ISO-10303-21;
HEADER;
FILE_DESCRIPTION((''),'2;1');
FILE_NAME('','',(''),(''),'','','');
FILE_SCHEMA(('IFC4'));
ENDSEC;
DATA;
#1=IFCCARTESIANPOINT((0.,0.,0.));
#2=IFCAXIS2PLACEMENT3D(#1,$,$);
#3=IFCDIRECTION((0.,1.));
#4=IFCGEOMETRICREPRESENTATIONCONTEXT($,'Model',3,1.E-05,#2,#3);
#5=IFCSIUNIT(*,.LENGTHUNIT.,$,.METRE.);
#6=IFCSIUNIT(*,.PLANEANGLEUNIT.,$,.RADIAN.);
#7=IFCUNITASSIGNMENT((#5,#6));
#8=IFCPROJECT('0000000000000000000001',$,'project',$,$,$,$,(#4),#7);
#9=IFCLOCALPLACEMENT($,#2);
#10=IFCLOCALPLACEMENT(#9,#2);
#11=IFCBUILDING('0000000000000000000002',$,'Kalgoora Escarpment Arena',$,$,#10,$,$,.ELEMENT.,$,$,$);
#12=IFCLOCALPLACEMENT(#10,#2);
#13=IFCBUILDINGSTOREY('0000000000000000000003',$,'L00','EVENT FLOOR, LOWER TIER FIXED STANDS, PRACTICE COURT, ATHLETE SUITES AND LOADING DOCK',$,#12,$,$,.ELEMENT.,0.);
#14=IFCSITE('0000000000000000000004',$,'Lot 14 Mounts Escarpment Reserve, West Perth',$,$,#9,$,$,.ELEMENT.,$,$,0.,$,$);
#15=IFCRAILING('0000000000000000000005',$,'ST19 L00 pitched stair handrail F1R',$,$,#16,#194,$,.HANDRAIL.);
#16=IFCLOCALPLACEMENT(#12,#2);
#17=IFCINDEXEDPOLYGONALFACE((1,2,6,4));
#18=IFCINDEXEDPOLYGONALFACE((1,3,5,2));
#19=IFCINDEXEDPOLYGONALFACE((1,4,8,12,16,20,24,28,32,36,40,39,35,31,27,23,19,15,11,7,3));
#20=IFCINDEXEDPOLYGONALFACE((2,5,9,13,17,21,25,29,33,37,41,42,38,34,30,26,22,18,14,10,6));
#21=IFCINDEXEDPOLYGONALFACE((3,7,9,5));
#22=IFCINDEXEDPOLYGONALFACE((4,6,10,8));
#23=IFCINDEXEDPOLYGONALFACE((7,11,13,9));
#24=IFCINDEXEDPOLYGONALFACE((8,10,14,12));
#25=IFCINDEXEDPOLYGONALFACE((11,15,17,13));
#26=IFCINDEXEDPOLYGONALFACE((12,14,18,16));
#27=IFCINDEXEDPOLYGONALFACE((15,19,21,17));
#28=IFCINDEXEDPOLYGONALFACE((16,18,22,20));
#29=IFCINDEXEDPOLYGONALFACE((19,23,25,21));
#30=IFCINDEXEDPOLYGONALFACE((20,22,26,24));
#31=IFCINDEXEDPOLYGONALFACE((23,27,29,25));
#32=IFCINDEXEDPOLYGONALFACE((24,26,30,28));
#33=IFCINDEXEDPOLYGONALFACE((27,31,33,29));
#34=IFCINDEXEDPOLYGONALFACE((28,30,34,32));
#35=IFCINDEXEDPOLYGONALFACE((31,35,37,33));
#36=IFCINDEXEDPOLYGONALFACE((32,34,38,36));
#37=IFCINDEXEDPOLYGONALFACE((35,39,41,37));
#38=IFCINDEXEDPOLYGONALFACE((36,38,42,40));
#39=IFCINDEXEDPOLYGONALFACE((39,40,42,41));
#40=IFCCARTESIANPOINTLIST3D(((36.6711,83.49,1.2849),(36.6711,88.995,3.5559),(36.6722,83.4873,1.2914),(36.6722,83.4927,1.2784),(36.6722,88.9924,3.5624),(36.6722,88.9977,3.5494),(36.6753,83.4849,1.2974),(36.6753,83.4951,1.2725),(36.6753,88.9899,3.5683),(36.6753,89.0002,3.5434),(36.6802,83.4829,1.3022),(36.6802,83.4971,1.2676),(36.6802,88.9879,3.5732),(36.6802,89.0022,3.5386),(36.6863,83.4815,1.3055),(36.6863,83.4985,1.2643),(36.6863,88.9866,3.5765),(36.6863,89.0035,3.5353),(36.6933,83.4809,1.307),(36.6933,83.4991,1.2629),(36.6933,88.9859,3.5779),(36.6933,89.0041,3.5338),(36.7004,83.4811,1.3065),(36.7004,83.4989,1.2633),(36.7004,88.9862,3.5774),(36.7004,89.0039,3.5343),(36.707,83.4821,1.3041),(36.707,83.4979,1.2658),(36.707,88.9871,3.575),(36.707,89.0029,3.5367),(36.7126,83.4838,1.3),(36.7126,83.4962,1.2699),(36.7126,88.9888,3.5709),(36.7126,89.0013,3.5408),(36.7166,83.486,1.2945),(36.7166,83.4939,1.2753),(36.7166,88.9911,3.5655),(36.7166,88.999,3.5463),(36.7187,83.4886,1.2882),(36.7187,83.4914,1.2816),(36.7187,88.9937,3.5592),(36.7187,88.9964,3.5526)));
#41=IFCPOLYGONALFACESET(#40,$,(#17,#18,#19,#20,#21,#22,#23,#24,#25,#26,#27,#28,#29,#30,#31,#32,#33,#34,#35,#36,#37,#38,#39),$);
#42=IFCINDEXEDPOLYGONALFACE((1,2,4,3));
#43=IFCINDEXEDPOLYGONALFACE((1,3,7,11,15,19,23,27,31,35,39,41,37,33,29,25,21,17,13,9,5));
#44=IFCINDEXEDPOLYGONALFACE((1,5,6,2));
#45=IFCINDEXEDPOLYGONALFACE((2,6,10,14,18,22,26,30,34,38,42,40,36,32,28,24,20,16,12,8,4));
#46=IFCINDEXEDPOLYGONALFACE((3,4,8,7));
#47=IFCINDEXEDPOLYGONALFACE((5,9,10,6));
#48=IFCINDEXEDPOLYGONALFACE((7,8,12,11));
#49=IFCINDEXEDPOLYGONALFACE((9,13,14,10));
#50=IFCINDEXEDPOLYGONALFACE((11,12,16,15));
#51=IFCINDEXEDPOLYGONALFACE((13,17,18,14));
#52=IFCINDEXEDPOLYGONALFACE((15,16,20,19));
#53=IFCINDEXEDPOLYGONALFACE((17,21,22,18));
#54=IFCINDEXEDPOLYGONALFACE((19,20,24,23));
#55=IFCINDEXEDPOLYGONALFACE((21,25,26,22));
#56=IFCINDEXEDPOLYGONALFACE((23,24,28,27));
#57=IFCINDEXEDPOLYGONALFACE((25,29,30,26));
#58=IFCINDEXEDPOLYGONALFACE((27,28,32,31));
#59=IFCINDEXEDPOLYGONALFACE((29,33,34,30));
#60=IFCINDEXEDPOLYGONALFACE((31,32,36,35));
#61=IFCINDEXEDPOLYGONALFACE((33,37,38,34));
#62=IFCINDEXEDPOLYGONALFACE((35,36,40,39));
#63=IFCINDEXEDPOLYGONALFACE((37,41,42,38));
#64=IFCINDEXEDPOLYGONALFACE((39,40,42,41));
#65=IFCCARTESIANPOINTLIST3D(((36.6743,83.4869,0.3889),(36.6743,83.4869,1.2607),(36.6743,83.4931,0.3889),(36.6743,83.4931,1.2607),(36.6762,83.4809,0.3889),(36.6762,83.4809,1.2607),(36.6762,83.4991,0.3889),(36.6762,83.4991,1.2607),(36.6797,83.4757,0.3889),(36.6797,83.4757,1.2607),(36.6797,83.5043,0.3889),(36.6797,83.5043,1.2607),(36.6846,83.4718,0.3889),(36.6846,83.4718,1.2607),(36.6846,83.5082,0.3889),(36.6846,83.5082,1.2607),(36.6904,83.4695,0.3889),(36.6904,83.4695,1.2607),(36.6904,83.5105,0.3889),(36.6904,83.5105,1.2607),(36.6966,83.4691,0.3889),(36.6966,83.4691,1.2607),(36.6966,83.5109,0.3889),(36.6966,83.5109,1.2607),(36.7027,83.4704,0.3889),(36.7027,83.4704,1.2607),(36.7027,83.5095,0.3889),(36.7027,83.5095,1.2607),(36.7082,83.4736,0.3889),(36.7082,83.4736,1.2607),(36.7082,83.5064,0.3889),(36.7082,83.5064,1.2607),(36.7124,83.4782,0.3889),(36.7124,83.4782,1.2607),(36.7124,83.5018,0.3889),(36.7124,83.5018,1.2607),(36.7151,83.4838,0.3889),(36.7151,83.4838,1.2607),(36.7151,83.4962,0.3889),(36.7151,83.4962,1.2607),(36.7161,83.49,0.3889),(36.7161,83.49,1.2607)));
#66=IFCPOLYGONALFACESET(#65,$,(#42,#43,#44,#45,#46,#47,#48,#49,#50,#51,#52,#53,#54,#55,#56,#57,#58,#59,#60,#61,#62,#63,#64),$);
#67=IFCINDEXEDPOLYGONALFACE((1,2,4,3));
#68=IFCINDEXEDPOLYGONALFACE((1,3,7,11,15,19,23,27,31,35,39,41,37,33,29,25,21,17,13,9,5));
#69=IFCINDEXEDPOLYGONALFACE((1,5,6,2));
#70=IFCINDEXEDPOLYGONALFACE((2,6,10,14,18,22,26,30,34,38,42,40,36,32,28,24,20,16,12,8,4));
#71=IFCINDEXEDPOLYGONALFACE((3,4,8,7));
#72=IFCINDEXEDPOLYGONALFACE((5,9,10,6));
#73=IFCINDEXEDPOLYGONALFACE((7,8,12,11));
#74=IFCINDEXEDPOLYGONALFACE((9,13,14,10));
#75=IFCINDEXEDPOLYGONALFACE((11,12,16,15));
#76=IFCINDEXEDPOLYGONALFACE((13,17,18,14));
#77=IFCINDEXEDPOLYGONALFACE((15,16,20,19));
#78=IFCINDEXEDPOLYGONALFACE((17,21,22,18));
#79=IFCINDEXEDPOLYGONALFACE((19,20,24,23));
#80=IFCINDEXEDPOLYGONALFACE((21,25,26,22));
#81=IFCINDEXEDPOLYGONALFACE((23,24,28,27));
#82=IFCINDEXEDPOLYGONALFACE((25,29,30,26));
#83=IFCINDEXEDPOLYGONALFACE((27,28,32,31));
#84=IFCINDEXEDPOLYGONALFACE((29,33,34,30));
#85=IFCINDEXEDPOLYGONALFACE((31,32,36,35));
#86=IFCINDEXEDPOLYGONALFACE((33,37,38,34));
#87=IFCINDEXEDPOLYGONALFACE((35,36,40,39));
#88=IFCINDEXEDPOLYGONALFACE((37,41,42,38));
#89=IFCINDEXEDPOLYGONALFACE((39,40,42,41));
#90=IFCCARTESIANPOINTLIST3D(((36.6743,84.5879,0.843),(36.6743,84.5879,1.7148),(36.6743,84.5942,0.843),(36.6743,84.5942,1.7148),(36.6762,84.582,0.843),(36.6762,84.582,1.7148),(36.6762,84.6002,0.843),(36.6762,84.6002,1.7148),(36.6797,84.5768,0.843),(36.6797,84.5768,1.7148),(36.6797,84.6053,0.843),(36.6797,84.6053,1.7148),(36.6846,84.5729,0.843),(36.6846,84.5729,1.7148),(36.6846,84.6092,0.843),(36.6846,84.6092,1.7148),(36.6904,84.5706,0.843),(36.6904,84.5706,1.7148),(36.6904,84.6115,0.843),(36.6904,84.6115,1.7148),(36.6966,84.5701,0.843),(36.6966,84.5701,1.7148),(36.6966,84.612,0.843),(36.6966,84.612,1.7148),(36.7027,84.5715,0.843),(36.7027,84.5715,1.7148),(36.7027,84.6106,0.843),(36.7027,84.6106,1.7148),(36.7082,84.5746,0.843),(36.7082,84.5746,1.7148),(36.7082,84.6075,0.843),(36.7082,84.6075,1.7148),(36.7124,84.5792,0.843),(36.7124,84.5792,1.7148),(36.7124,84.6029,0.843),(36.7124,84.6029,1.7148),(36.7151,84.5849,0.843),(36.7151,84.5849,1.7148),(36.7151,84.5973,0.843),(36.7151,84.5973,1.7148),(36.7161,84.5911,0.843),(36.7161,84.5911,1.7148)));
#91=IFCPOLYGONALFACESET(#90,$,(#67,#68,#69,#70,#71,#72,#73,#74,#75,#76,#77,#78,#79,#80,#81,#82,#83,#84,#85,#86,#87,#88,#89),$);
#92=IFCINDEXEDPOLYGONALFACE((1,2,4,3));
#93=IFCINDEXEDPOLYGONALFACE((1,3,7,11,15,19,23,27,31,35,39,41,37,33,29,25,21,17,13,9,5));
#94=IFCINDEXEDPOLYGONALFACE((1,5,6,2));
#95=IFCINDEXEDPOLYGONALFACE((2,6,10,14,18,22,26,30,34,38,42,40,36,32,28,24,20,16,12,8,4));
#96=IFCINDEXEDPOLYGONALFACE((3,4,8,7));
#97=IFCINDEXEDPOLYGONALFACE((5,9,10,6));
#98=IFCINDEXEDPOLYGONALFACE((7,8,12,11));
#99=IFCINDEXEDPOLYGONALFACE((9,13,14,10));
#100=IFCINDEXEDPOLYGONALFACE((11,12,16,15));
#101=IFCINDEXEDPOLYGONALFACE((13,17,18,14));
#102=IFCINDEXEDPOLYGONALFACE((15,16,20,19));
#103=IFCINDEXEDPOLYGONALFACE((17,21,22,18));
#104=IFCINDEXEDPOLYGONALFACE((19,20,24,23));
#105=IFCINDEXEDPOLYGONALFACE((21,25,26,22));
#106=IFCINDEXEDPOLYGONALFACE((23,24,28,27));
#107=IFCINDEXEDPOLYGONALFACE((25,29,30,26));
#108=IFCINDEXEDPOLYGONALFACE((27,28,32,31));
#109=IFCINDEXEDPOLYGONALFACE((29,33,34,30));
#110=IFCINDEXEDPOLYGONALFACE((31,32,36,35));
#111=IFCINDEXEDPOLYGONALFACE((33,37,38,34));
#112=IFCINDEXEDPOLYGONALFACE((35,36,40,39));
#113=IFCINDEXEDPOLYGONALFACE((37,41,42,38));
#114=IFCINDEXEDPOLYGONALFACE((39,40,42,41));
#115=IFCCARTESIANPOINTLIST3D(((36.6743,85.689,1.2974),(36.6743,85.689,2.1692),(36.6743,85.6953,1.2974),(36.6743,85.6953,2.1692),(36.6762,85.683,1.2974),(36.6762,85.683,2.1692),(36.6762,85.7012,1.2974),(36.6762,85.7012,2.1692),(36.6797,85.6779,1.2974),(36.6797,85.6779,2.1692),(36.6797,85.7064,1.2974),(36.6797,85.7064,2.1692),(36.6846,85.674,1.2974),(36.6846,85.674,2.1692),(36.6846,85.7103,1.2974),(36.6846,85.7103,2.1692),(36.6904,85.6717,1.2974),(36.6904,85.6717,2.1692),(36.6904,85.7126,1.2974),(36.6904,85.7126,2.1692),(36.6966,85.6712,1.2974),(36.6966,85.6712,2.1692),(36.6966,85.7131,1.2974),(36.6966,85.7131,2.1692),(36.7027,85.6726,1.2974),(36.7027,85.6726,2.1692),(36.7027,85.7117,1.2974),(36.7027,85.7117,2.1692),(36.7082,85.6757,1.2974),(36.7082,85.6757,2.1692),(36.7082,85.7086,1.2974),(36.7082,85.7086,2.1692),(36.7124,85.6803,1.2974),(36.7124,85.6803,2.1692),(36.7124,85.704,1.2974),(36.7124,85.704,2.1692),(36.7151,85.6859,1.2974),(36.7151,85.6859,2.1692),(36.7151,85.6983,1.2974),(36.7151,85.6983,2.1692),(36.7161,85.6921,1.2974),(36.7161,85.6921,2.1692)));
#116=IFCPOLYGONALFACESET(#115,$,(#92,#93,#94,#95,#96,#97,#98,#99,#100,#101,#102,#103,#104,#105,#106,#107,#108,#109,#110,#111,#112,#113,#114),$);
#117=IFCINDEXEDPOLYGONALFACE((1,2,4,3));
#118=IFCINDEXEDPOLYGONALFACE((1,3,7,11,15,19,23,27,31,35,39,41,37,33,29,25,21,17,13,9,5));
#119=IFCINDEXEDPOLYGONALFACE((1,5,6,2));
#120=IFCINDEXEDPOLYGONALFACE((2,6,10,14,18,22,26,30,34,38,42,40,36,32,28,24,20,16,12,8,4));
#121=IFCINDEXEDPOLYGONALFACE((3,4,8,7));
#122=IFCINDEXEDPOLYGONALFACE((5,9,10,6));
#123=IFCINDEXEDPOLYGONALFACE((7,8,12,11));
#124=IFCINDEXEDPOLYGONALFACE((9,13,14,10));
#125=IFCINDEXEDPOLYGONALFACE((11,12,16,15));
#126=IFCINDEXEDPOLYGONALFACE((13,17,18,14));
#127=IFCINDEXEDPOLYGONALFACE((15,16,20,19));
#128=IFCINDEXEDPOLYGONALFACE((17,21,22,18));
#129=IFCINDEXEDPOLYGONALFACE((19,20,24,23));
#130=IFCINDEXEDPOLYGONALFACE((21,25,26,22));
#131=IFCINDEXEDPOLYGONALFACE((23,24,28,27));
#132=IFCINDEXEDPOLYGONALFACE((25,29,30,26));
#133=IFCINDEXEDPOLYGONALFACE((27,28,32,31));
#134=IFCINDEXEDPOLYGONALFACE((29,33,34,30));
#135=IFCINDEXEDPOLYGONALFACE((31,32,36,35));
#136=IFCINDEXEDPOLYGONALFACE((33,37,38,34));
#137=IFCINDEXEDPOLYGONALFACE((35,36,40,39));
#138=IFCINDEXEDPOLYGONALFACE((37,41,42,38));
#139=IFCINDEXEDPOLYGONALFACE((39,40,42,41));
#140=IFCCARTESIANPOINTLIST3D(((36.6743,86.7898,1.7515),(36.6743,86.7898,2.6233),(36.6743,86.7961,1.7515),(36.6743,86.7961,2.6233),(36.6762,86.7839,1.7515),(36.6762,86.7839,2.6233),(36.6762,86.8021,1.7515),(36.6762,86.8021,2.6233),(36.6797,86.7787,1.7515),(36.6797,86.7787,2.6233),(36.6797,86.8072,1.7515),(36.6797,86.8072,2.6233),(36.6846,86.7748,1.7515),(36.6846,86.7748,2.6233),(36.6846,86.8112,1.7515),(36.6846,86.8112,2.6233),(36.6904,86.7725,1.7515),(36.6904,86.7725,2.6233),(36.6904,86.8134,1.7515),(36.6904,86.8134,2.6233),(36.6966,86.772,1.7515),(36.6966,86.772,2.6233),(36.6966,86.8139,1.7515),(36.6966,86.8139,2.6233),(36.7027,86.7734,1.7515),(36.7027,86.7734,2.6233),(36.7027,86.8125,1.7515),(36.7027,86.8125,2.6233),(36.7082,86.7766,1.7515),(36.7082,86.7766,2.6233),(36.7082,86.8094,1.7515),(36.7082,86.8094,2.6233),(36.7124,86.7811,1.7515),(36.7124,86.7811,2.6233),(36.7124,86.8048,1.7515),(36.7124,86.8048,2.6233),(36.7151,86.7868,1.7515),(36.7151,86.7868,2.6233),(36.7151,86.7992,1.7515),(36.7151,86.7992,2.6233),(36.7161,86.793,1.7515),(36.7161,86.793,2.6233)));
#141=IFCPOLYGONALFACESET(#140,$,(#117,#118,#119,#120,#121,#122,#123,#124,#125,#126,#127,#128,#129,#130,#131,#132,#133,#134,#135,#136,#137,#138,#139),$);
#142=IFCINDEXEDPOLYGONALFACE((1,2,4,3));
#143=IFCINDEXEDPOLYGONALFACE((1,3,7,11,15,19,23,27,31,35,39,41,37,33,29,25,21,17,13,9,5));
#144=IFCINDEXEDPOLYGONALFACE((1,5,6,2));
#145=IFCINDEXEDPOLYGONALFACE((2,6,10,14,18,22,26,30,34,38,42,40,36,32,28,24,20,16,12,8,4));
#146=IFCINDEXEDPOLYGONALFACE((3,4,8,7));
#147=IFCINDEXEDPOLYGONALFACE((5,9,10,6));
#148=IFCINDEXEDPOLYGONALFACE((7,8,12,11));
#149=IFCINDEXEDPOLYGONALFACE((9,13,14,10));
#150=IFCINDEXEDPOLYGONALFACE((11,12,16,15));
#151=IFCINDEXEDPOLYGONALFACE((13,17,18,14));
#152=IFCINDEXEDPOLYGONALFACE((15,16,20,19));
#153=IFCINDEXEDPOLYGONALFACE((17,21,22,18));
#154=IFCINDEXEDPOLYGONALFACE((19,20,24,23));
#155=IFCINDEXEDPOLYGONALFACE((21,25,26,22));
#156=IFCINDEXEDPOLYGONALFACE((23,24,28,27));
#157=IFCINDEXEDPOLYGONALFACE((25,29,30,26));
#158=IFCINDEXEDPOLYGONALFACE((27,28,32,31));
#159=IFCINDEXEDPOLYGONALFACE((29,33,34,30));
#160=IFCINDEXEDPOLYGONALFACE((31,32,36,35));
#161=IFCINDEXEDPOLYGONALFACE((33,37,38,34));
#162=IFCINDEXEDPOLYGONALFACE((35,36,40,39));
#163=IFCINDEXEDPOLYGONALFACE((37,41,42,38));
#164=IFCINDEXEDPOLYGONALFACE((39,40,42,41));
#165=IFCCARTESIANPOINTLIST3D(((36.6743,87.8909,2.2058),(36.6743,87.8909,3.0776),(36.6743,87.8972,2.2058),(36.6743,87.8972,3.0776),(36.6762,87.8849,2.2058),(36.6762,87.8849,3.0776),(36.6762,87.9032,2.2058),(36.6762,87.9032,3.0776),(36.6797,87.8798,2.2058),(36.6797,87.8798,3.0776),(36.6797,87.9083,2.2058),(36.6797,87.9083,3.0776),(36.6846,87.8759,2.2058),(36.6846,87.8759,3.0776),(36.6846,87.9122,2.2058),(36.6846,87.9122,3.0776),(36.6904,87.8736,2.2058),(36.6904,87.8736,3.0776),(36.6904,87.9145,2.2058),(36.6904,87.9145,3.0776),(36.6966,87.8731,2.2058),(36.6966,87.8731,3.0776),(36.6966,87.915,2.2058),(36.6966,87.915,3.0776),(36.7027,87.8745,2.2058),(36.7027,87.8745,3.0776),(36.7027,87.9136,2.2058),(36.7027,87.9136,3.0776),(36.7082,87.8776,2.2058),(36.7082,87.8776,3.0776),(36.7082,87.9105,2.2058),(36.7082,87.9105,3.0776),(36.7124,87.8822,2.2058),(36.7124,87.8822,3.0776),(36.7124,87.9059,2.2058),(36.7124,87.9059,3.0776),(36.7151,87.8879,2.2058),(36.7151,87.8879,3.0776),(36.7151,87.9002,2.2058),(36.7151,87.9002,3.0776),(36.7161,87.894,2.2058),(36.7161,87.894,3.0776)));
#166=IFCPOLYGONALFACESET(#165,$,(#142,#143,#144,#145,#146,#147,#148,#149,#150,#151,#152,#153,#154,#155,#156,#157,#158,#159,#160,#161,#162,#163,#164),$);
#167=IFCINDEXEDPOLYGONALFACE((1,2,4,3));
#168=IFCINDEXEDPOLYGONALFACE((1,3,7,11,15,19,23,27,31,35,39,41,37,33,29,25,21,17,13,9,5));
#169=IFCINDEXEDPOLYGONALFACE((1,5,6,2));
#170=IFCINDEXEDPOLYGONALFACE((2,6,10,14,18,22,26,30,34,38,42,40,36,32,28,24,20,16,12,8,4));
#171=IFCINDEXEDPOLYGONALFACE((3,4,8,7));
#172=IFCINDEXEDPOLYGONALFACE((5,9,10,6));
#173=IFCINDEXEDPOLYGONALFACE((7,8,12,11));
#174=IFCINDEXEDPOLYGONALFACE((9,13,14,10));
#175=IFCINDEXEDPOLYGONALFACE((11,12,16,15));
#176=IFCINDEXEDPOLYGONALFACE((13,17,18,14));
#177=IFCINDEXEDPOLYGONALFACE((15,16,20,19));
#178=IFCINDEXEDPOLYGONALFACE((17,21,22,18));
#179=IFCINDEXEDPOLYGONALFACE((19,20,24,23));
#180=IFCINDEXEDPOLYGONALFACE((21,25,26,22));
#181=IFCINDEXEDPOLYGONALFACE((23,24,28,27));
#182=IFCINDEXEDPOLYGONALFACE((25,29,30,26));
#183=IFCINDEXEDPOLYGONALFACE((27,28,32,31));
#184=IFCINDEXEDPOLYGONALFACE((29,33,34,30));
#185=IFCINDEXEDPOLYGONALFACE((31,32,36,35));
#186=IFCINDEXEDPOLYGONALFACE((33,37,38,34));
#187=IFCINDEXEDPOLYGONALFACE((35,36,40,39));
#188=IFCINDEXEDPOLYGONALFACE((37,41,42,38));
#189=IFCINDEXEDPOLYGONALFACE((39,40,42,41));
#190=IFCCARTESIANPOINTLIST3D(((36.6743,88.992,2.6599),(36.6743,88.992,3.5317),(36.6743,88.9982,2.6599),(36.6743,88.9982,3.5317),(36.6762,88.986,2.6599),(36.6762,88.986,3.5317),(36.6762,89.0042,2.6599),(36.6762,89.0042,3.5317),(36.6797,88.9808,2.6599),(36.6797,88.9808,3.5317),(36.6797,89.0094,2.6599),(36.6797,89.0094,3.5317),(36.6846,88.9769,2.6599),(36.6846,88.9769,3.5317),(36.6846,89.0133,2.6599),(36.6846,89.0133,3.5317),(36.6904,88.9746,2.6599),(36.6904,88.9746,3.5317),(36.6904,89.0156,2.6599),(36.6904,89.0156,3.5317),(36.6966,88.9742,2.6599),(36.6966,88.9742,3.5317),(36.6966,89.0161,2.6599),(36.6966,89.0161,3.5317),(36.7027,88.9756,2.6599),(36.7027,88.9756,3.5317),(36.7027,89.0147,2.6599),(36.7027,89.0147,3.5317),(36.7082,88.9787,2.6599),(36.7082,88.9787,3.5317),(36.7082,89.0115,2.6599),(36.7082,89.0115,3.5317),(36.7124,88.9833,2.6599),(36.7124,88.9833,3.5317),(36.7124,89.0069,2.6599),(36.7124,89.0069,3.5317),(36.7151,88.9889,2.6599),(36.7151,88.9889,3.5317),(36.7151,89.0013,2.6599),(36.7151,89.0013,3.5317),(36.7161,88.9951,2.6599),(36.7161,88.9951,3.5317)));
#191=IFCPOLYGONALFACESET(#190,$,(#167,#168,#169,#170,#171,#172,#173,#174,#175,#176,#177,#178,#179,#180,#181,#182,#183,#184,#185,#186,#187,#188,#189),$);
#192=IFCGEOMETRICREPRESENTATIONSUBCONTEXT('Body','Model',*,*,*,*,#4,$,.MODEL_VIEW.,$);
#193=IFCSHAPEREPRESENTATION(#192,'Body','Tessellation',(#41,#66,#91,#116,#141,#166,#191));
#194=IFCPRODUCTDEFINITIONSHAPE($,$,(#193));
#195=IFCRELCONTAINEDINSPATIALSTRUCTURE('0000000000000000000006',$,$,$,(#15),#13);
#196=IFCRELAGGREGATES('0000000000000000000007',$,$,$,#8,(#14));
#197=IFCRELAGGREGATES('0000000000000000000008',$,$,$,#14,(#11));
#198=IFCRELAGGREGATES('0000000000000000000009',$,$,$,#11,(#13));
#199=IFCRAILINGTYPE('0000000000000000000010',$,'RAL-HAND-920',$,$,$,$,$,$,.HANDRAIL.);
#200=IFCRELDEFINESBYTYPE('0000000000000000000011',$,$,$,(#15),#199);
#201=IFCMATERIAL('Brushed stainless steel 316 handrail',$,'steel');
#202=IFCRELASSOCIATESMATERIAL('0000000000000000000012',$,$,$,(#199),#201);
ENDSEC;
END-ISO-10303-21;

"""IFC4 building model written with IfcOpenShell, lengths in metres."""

from ifc_helpers import new_model, si_unit, direction, frame, origin, origin_2d, place, context, subcontext, project, spatial, circle, extrude, material, type_object, element, save


model = new_model("IFC4")

# Units and contexts
model_context = context("Model", 3, precision=1e-05, world=origin(), true_north=direction((0.0, 1.0)))
body_context = subcontext(model_context, "Body", "Model", "MODEL_VIEW")
ifc_project = project(units=[si_unit("LENGTHUNIT", "METRE"), si_unit("PLANEANGLEUNIT", "RADIAN")], contexts=[model_context])

# Site, building, storey
site_placement = place(None, origin())
site = spatial("IfcSite", under=ifc_project, at=site_placement, Name="Lot 14 Mounts Escarpment Reserve, West Perth", CompositionType="ELEMENT", RefElevation=0.0)
building_placement = place(site_placement, origin())
building = spatial("IfcBuilding", under=site, at=building_placement, Name="Kalgoora Escarpment Arena", CompositionType="ELEMENT")
storey_placement = place(building_placement, origin())
storey = spatial("IfcBuildingStorey", under=building, at=storey_placement, Name="L00", Description="EVENT FLOOR, LOWER TIER FIXED STANDS, PRACTICE COURT, ATHLETE SUITES AND LOADING DOCK", CompositionType="ELEMENT", Elevation=0.0)

# Railing
ifc_material_1 = material(Name="Brushed stainless steel 316 handrail", Category="steel")
railing_type = type_object("IfcRailingType", Name="RAL-HAND-920", PredefinedType="HANDRAIL", material=ifc_material_1)
for number, where, name in (
    (1, (36.6951, 83.49, 0.3889), "ST19 L00 pitched stair handrail F1R"),
):
    element("IfcRailing", number, at=place(storey_placement, frame(where)), inside=storey, type_object=railing_type, Name=name, PredefinedType="HANDRAIL", context=body_context, shape_type="SweptSolid", body=[
        extrude(circle(Radius=0.0239, at=origin_2d()), frame((0.0, 0.0, 0.896), z_axis=(0.0, 0.924431, 0.38135), x_axis=(-1.0, 0.0, 0.0)), (0.0, 0.0, 1.0), 5.9551),
        extrude(circle(Radius=0.021, at=origin_2d()), origin(), (0.0, 0.0, 1.0), 0.8718),
        extrude(circle(Radius=0.021, at=origin_2d()), frame((0.0, 1.1011, 0.4541)), (0.0, 0.0, 1.0), 0.8718),
        extrude(circle(Radius=0.021, at=origin_2d()), frame((0.0, 2.2021, 0.9084)), (0.0, 0.0, 1.0), 0.8718),
        extrude(circle(Radius=0.021, at=origin_2d()), frame((0.0, 3.303, 1.3625)), (0.0, 0.0, 1.0), 0.8718),
        extrude(circle(Radius=0.021, at=origin_2d()), frame((0.0, 4.4041, 1.8169)), (0.0, 0.0, 1.0), 0.8718),
        extrude(circle(Radius=0.021, at=origin_2d()), frame((0.0, 5.5051, 2.271)), (0.0, 0.0, 1.0), 0.8718),
    ])

save(model, "model.ifc")
